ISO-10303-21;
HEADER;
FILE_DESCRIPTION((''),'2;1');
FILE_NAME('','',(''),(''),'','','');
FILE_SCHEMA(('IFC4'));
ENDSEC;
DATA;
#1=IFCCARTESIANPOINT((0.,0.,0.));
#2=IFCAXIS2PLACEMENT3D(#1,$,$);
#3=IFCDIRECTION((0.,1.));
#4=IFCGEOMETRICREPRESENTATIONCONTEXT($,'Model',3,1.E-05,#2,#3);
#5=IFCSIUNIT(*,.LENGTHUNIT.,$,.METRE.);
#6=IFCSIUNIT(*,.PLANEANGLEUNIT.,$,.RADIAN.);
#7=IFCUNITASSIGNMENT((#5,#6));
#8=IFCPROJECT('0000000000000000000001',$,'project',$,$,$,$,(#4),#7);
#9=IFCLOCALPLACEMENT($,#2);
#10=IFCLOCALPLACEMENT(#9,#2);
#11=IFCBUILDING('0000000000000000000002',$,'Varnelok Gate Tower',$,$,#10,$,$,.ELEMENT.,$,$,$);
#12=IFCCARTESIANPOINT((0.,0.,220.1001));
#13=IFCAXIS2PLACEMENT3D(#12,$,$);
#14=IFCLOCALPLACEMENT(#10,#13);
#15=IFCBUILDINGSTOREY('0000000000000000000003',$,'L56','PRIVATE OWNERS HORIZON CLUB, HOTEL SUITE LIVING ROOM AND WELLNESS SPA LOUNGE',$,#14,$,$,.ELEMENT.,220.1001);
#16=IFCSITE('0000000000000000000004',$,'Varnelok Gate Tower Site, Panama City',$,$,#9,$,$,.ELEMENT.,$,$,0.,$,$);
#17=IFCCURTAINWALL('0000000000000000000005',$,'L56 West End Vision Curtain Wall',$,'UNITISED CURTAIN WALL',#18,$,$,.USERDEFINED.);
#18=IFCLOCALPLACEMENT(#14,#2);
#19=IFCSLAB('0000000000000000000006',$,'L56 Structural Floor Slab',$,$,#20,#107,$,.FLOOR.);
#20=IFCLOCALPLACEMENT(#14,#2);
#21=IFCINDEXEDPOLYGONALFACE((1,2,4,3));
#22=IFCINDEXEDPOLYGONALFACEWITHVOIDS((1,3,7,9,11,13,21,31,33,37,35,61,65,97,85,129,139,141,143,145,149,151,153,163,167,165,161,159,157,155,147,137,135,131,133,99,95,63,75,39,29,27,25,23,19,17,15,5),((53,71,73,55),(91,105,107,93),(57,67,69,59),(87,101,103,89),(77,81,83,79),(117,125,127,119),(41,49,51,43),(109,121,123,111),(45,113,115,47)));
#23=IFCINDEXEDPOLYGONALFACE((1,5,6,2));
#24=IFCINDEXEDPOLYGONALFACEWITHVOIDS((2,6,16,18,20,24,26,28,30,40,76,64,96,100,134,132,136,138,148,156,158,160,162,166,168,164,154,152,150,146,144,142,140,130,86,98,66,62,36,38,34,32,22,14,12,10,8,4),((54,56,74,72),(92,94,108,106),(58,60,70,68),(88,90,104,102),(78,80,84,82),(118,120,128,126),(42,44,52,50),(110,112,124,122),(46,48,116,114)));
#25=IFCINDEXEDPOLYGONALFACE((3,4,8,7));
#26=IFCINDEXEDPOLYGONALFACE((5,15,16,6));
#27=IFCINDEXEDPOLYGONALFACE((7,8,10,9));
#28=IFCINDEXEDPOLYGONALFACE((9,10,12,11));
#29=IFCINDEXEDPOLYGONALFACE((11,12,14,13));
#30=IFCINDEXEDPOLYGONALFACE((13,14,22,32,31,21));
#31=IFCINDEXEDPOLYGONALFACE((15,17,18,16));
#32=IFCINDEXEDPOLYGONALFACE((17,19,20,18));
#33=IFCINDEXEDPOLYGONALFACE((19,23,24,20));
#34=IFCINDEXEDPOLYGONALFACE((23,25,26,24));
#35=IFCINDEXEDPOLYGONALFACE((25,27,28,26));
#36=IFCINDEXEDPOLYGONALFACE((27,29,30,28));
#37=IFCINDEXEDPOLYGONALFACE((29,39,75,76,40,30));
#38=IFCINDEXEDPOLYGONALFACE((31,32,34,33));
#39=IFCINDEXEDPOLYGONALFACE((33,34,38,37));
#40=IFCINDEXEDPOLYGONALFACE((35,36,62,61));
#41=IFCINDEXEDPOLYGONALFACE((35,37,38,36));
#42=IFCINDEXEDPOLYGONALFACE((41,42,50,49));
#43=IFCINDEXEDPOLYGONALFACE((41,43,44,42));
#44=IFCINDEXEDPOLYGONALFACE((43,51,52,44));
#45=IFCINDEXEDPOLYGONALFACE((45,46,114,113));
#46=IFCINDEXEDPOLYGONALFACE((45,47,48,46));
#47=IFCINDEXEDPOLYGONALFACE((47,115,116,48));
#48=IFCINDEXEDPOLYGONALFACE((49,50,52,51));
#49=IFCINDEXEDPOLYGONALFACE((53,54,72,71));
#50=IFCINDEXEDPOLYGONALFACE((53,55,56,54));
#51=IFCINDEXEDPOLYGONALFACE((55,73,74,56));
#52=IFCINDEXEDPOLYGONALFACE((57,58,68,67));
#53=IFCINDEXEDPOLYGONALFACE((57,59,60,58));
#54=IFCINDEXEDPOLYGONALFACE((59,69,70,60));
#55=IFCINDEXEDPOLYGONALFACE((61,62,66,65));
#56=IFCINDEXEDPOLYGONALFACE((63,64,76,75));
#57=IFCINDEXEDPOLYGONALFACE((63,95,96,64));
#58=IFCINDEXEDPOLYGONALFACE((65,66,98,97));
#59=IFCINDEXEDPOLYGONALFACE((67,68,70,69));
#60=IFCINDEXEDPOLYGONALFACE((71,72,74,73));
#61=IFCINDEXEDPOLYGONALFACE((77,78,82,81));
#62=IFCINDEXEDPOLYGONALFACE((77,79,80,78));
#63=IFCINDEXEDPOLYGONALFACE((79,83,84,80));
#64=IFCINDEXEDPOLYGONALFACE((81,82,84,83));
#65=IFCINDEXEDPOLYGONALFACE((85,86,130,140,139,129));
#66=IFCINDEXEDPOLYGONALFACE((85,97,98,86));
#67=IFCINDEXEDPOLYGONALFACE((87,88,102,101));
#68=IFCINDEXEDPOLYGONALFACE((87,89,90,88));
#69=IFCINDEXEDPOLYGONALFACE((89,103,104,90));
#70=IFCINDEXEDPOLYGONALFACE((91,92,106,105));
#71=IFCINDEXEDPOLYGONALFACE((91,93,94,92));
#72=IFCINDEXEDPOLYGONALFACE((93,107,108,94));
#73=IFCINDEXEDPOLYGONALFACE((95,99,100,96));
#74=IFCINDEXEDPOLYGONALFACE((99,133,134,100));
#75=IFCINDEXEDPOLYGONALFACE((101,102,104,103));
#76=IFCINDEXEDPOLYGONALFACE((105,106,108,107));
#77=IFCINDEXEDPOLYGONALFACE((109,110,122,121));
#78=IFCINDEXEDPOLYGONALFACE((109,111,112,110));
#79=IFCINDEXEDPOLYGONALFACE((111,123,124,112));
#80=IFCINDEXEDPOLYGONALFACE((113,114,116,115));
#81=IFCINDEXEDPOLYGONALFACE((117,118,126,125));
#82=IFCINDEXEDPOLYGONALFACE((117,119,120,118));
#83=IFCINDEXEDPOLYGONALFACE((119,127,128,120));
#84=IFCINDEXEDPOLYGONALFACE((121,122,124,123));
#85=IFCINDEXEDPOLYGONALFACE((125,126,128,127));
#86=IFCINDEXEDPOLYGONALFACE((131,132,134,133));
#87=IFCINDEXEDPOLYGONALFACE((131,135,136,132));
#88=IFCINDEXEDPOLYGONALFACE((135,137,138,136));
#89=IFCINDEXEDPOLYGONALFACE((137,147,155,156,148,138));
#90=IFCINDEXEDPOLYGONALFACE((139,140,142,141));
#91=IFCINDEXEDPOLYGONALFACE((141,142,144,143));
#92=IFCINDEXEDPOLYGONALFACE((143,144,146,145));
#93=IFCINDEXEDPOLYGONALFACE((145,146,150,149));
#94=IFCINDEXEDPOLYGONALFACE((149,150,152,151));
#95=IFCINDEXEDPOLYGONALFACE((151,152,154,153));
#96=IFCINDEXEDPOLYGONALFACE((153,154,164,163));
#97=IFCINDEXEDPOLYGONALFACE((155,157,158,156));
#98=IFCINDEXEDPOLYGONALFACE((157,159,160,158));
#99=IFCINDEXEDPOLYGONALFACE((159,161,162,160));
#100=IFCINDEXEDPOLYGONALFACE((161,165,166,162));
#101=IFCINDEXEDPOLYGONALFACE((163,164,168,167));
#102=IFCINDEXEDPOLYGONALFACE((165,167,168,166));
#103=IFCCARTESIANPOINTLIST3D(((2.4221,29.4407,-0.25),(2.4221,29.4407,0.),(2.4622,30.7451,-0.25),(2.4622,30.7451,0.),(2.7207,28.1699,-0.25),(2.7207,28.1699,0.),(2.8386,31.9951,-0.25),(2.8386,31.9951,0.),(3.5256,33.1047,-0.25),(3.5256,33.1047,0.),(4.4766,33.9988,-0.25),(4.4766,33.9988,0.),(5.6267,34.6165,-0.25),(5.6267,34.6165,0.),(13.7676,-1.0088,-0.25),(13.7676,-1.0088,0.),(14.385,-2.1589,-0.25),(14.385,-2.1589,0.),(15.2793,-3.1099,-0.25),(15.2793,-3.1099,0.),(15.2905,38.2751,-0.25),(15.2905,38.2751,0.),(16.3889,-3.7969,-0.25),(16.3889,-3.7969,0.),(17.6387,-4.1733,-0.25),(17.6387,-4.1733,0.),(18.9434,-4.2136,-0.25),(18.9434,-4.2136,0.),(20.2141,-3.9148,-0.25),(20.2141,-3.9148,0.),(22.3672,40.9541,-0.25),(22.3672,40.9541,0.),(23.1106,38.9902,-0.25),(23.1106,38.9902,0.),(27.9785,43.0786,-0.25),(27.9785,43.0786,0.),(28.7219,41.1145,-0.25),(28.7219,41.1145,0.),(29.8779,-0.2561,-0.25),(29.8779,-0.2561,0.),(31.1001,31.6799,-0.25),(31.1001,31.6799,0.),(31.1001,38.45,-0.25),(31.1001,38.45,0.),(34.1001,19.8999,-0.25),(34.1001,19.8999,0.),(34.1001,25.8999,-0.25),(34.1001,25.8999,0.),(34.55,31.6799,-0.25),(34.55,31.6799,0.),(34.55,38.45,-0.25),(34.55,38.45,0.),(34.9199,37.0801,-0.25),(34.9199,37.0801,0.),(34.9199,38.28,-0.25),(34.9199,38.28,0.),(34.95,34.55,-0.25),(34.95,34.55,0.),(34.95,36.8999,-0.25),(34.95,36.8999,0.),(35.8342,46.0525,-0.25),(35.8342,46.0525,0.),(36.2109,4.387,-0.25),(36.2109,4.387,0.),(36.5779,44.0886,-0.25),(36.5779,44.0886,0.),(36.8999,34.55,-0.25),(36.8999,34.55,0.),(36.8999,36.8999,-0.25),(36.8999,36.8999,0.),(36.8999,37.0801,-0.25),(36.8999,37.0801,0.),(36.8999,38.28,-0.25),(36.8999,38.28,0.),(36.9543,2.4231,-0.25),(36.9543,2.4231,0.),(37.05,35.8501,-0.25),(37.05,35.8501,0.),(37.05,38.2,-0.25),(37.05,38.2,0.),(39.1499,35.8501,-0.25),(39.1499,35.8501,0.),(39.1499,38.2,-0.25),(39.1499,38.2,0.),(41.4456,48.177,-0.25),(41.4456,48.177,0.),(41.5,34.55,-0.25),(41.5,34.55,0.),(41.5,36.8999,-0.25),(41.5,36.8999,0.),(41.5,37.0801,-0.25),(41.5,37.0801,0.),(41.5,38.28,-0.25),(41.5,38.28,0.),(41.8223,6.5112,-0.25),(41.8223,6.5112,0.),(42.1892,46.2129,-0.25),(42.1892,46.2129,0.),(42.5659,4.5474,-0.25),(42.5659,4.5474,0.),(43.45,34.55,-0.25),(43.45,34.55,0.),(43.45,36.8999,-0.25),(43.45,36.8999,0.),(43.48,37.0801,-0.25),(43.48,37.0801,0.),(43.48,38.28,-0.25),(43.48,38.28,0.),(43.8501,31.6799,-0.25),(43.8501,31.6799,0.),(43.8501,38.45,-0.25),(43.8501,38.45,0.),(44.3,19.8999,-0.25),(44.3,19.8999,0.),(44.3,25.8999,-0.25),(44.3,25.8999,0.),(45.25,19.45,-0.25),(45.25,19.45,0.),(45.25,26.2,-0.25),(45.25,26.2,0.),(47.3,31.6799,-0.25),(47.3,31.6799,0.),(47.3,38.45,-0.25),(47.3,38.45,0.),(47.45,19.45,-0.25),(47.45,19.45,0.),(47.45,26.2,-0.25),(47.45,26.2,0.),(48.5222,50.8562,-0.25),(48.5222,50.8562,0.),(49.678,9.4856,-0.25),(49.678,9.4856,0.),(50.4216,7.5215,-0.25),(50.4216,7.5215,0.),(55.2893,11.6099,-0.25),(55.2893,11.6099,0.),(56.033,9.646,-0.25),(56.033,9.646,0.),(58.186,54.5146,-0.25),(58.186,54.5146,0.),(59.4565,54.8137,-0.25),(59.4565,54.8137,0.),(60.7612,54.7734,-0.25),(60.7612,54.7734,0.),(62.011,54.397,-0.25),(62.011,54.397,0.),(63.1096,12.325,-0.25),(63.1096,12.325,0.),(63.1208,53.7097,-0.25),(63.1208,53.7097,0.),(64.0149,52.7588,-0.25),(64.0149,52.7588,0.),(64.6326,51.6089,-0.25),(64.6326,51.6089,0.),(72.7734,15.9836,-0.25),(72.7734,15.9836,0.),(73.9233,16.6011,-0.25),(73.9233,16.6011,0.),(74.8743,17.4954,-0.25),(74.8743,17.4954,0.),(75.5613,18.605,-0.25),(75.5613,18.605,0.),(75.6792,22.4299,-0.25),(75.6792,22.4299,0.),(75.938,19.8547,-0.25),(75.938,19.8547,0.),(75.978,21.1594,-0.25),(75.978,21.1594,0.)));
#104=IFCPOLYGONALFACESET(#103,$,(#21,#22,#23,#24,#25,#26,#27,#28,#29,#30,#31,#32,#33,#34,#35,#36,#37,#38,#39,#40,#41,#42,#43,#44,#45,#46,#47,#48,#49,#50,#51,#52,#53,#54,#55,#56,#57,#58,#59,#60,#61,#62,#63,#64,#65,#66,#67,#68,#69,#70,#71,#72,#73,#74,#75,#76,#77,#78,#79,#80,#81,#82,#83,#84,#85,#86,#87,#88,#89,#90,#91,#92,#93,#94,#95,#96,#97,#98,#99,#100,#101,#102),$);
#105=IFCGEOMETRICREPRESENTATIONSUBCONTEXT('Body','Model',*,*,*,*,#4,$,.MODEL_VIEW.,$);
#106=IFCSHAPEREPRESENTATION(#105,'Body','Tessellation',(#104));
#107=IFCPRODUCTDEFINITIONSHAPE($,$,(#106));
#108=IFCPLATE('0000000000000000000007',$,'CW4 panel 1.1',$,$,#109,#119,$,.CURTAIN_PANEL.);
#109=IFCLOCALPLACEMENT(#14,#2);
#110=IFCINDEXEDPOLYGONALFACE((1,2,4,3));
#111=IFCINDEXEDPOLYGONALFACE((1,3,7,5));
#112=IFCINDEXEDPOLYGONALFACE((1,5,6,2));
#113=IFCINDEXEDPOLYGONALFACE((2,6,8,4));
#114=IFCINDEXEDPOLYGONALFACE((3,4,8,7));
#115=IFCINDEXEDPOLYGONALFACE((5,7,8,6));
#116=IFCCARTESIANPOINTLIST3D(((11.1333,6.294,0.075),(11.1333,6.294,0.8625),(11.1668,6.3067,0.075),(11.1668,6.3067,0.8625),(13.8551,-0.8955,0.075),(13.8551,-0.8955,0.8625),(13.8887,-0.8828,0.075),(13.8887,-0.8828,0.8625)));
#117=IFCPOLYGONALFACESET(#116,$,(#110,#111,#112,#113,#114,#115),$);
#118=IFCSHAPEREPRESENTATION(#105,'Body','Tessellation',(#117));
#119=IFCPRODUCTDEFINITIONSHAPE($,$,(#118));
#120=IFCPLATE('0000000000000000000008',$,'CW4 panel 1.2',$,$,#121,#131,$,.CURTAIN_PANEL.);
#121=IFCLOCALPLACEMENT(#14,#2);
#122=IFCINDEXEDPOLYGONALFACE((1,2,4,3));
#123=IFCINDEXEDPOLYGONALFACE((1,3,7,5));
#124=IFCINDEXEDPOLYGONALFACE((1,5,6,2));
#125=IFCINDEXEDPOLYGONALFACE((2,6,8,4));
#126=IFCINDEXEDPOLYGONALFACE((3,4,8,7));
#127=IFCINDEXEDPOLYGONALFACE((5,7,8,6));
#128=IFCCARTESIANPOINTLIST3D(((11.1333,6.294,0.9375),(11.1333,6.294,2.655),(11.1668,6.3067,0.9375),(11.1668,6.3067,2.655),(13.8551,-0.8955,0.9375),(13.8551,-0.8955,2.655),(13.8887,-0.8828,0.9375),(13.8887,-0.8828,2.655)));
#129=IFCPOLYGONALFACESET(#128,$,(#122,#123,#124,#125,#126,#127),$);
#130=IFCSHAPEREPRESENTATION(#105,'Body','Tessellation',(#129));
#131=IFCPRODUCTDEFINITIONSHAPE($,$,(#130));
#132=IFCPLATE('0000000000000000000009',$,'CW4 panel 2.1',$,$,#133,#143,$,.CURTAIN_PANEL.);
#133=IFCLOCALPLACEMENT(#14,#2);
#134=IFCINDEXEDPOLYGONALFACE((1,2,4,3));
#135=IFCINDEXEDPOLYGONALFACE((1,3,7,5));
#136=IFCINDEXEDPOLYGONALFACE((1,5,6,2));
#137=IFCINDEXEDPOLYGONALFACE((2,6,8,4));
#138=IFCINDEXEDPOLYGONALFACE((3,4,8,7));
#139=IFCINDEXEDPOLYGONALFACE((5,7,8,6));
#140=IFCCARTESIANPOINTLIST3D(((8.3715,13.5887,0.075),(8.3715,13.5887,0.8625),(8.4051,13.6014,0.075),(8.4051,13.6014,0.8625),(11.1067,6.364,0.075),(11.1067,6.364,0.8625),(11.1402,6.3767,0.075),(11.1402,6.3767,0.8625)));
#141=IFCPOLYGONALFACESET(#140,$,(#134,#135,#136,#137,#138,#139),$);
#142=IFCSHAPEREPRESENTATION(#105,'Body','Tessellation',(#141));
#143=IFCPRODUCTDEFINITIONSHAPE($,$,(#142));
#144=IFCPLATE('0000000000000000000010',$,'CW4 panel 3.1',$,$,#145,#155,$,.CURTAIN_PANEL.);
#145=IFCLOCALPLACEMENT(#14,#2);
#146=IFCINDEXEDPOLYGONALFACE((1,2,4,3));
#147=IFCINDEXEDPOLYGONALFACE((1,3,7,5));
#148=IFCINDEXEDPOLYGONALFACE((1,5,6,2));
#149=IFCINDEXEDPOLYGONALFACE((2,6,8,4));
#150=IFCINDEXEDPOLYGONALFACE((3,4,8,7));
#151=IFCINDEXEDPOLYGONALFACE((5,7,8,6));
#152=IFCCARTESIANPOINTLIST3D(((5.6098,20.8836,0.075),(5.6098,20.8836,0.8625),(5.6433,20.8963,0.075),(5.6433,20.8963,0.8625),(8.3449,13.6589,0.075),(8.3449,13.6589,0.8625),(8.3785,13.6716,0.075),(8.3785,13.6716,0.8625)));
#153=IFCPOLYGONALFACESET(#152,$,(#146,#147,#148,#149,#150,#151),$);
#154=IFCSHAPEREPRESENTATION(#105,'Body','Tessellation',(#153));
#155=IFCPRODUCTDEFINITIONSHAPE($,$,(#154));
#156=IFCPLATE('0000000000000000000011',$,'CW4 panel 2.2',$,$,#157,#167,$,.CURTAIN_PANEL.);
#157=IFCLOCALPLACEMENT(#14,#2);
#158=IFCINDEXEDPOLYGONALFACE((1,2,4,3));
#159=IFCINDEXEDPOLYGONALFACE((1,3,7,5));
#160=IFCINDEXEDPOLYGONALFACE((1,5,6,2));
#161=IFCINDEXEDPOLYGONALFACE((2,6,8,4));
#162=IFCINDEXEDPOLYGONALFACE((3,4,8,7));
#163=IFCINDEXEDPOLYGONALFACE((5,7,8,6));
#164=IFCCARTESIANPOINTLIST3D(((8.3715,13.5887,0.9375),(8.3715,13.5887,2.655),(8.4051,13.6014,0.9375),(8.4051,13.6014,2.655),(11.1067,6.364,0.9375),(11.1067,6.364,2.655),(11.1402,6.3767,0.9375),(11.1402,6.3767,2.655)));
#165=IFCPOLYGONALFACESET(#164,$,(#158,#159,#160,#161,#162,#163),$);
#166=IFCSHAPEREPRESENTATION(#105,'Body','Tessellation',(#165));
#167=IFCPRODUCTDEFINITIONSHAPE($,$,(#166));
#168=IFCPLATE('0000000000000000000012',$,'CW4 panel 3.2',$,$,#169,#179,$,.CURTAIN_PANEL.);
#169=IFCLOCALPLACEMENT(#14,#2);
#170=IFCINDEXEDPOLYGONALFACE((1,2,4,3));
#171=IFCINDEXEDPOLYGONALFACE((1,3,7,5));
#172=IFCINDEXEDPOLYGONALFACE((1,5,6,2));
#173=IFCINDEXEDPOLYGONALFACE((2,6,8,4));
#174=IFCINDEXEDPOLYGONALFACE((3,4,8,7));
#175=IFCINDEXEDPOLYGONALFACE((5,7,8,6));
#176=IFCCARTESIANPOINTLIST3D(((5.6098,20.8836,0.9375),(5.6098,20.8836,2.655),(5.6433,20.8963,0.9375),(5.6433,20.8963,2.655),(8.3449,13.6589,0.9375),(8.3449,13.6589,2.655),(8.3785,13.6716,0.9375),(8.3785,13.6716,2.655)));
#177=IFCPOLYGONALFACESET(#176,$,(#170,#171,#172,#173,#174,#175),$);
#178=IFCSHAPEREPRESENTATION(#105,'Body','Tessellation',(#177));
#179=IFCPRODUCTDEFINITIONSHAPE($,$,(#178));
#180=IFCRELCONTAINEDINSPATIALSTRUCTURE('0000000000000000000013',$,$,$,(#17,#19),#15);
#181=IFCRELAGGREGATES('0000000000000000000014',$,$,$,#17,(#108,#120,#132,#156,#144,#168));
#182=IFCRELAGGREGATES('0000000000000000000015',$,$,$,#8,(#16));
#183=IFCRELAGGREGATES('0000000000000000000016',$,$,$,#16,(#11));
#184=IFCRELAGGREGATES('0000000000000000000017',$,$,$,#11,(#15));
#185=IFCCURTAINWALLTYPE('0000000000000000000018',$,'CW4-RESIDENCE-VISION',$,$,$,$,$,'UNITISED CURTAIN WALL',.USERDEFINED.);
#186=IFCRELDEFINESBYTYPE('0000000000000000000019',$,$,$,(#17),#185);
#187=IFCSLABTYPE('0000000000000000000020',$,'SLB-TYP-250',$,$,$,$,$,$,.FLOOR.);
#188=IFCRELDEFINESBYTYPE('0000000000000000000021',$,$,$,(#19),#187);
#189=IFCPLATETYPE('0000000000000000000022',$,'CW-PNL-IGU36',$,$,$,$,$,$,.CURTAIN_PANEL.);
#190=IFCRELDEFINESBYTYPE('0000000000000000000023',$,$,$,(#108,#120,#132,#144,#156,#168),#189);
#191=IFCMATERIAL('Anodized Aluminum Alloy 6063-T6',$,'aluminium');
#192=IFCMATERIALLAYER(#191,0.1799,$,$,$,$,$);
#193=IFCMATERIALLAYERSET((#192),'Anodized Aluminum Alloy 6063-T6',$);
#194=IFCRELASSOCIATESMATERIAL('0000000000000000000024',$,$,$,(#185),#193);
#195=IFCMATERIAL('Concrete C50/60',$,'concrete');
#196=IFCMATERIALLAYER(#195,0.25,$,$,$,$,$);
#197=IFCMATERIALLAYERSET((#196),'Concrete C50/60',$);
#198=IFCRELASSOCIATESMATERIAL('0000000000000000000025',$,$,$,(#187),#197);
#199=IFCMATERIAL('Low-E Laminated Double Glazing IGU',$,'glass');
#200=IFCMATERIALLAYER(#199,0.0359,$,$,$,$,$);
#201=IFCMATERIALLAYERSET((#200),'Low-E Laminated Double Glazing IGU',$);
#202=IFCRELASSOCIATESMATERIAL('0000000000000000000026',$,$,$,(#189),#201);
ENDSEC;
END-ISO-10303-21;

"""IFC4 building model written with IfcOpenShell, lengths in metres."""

from ifc_helpers import new_model, si_unit, direction, frame, origin, origin_2d, place, context, subcontext, project, spatial, polyline, rectangle, outline, extrude, source, transform, mapped, material, layer, layer_set, type_object, element, aggregate, save


model = new_model("IFC4")

# Units and contexts
model_context = context("Model", 3, precision=1e-05, world=origin(), true_north=direction((0.0, 1.0)))
body_context = subcontext(model_context, "Body", "Model", "MODEL_VIEW")
ifc_project = project(units=[si_unit("LENGTHUNIT", "METRE"), si_unit("PLANEANGLEUNIT", "RADIAN")], contexts=[model_context])

# Site, building, storey
site_placement = place(None, origin())
site = spatial("IfcSite", under=ifc_project, at=site_placement, Name="Varnelok Gate Tower Site, Panama City", CompositionType="ELEMENT", RefElevation=0.0)
building_placement = place(site_placement, origin())
building = spatial("IfcBuilding", under=site, at=building_placement, Name="Varnelok Gate Tower", CompositionType="ELEMENT")
storey_placement = place(building_placement, frame((0.0, 0.0, 220.1001)))
storey = spatial("IfcBuildingStorey", under=building, at=storey_placement, Name="L56", Description="PRIVATE OWNERS HORIZON CLUB, HOTEL SUITE LIVING ROOM AND WELLNESS SPA LOUNGE", CompositionType="ELEMENT", Elevation=220.1001)

# Curtain wall
ifc_material_1 = material(Name="Anodized Aluminum Alloy 6063-T6", Category="aluminium")
ifc_layer_1 = layer(ifc_material_1, 0.1799)
ifc_layer_set_1 = layer_set([ifc_layer_1], Name="Anodized Aluminum Alloy 6063-T6")
curtain_wall_type = type_object("IfcCurtainWallType", Name="CW4-RESIDENCE-VISION", ElementType="UNITISED CURTAIN WALL", PredefinedType="USERDEFINED", material=ifc_layer_set_1)
curtain_wall_placement = place(storey_placement, origin())
curtain_wall = element("IfcCurtainWall", 1, at=curtain_wall_placement, inside=storey, type_object=curtain_wall_type, Name="L56 West End Vision Curtain Wall", ObjectType="UNITISED CURTAIN WALL", PredefinedType="USERDEFINED")

# Shared definitions
ifc_material_2 = material(Name="Concrete C50/60", Category="concrete")

# Slab
ifc_layer_2 = layer(ifc_material_2, 0.25)
ifc_layer_set_2 = layer_set([ifc_layer_2], Name="Concrete C50/60")
slab_type_1 = type_object("IfcSlabType", Name="SLB-TYP-250", PredefinedType="FLOOR", material=ifc_layer_set_2)
slab_1_placement = place(storey_placement, frame((0.0, 0.0, -0.25)))
element("IfcSlab", 2, at=slab_1_placement, inside=storey, type_object=slab_type_1, Name="L56 Structural Floor Slab", PredefinedType="FLOOR", context=body_context, shape_type="SweptSolid", body=[
    extrude(outline(polyline([(13.7676, -1.0088), (14.385, -2.1589), (15.2793, -3.1099), (16.3889, -3.7969), (17.6387, -4.1733), (18.9434, -4.2136), (20.2141, -3.9148), (29.8779, -0.2561), (36.9543, 2.4231), (36.2109, 4.387), (41.8223, 6.5112), (42.5659, 4.5474), (50.4216, 7.5215), (49.678, 9.4856), (55.2893, 11.6099), (56.033, 9.646), (63.1096, 12.325), (72.7734, 15.9836), (73.9233, 16.6011), (74.8743, 17.4954), (75.5613, 18.605), (75.938, 19.8547), (75.978, 21.1594), (75.6792, 22.4299), (64.6326, 51.6089), (64.0149, 52.7588), (63.1208, 53.7097), (62.011, 54.397), (60.7612, 54.7734), (59.4565, 54.8137), (58.186, 54.5146), (48.5222, 50.8562), (41.4456, 48.177), (42.1892, 46.2129), (36.5779, 44.0886), (35.8342, 46.0525), (27.9785, 43.0786), (28.7219, 41.1145), (23.1106, 38.9902), (22.3672, 40.9541), (15.2905, 38.2751), (5.6267, 34.6165), (4.4766, 33.9988), (3.5256, 33.1047), (2.8386, 31.9951), (2.4622, 30.7451), (2.4221, 29.4407), (2.7207, 28.1699), (13.7676, -1.0088)]), holes=[polyline([(34.55, 31.6799), (34.55, 38.45), (31.1001, 38.45), (31.1001, 31.6799), (34.55, 31.6799)]), polyline([(47.3, 31.6799), (47.3, 38.45), (43.8501, 38.45), (43.8501, 31.6799), (47.3, 31.6799)]), polyline([(34.95, 34.55), (36.8999, 34.55), (36.8999, 36.8999), (34.95, 36.8999), (34.95, 34.55)]), polyline([(41.5, 34.55), (43.45, 34.55), (43.45, 36.8999), (41.5, 36.8999), (41.5, 34.55)]), polyline([(37.05, 35.8501), (39.1499, 35.8501), (39.1499, 38.2), (37.05, 38.2), (37.05, 35.8501)]), polyline([(45.25, 19.45), (47.45, 19.45), (47.45, 26.2), (45.25, 26.2), (45.25, 19.45)]), polyline([(34.9199, 37.0801), (36.8999, 37.0801), (36.8999, 38.28), (34.9199, 38.28), (34.9199, 37.0801)]), polyline([(41.5, 37.0801), (43.48, 37.0801), (43.48, 38.28), (41.5, 38.28), (41.5, 37.0801)]), polyline([(34.1001, 19.8999), (44.3, 19.8999), (44.3, 25.8999), (34.1001, 25.8999), (34.1001, 19.8999)])]), origin(), (0.0, 0.0, 1.0), 0.25),
])

# Plates
ifc_material_3 = material(Name="Low-E Laminated Double Glazing IGU", Category="glass")
ifc_layer_3 = layer(ifc_material_3, 0.0359)
ifc_layer_set_3 = layer_set([ifc_layer_3], Name="Low-E Laminated Double Glazing IGU")
plate_type = type_object("IfcPlateType", Name="CW-PNL-IGU36", PredefinedType="CURTAIN_PANEL", material=ifc_layer_set_3)
shared_shape_1 = source(origin(), body_context, "Body", "SweptSolid", [
    extrude(rectangle(XDim=7.6875, YDim=0.0359, at=origin_2d()), origin(), (0.0, 0.0, 1.0), 0.7876),
])
plate_1_placement = place(storey_placement, frame((12.511, 2.7056, 0.075), z_axis=(0.0, 0.0, 1.0), x_axis=(-0.354063, 0.935222, 0.0)))
plate_1 = element("IfcPlate", 3, at=plate_1_placement, type_object=plate_type, Name="CW4 panel 1.1", PredefinedType="CURTAIN_PANEL", context=body_context, shape_type="MappedRepresentation", body=[
    mapped(shared_shape_1, transform((0.0, 0.0, 0.0), scale=1.0)),
])
shared_shape_2 = source(origin(), body_context, "Body", "SweptSolid", [
    extrude(rectangle(XDim=7.6875, YDim=0.0359, at=origin_2d()), origin(), (0.0, 0.0, 1.0), 1.7175),
])
plate_2_placement = place(storey_placement, frame((12.511, 2.7056, 0.9375), z_axis=(0.0, 0.0, 1.0), x_axis=(-0.354063, 0.935222, 0.0)))
plate_2 = element("IfcPlate", 4, at=plate_2_placement, type_object=plate_type, Name="CW4 panel 1.2", PredefinedType="CURTAIN_PANEL", context=body_context, shape_type="MappedRepresentation", body=[
    mapped(shared_shape_2, transform((0.0, 0.0, 0.0), scale=1.0)),
])
shared_shape_3 = source(origin(), body_context, "Body", "SweptSolid", [
    extrude(rectangle(XDim=7.7251, YDim=0.0359, at=origin_2d()), origin(), (0.0, 0.0, 1.0), 0.7876),
])
plate_3_placement = place(storey_placement, frame((9.7559, 9.9827, 0.075), z_axis=(0.0, 0.0, 1.0), x_axis=(-0.354063, 0.935222, 0.0)))
plate_3 = element("IfcPlate", 5, at=plate_3_placement, type_object=plate_type, Name="CW4 panel 2.1", PredefinedType="CURTAIN_PANEL", context=body_context, shape_type="MappedRepresentation", body=[
    mapped(shared_shape_3, transform((0.0, 0.0, 0.0), scale=1.0)),
])
plate_4_placement = place(storey_placement, frame((6.9941, 17.2776, 0.075), z_axis=(0.0, 0.0, 1.0), x_axis=(-0.354063, 0.935222, 0.0)))
plate_4 = element("IfcPlate", 6, at=plate_4_placement, type_object=plate_type, Name="CW4 panel 3.1", PredefinedType="CURTAIN_PANEL", context=body_context, shape_type="MappedRepresentation", body=[
    mapped(shared_shape_3, transform((0.0, 0.0, 0.0), scale=1.0)),
])
shared_shape_4 = source(origin(), body_context, "Body", "SweptSolid", [
    extrude(rectangle(XDim=7.7251, YDim=0.0359, at=origin_2d()), origin(), (0.0, 0.0, 1.0), 1.7175),
])
plate_5_placement = place(storey_placement, frame((9.7559, 9.9827, 0.9375), z_axis=(0.0, 0.0, 1.0), x_axis=(-0.354063, 0.935222, 0.0)))
plate_5 = element("IfcPlate", 7, at=plate_5_placement, type_object=plate_type, Name="CW4 panel 2.2", PredefinedType="CURTAIN_PANEL", context=body_context, shape_type="MappedRepresentation", body=[
    mapped(shared_shape_4, transform((0.0, 0.0, 0.0), scale=1.0)),
])
plate_6_placement = place(storey_placement, frame((6.9941, 17.2776, 0.9375), z_axis=(0.0, 0.0, 1.0), x_axis=(-0.354063, 0.935222, 0.0)))
plate_6 = element("IfcPlate", 8, at=plate_6_placement, type_object=plate_type, Name="CW4 panel 3.2", PredefinedType="CURTAIN_PANEL", context=body_context, shape_type="MappedRepresentation", body=[
    mapped(shared_shape_4, transform((0.0, 0.0, 0.0), scale=1.0)),
])
aggregate(curtain_wall, [plate_1, plate_2, plate_3, plate_5, plate_4, plate_6])

save(model, "model.ifc")
